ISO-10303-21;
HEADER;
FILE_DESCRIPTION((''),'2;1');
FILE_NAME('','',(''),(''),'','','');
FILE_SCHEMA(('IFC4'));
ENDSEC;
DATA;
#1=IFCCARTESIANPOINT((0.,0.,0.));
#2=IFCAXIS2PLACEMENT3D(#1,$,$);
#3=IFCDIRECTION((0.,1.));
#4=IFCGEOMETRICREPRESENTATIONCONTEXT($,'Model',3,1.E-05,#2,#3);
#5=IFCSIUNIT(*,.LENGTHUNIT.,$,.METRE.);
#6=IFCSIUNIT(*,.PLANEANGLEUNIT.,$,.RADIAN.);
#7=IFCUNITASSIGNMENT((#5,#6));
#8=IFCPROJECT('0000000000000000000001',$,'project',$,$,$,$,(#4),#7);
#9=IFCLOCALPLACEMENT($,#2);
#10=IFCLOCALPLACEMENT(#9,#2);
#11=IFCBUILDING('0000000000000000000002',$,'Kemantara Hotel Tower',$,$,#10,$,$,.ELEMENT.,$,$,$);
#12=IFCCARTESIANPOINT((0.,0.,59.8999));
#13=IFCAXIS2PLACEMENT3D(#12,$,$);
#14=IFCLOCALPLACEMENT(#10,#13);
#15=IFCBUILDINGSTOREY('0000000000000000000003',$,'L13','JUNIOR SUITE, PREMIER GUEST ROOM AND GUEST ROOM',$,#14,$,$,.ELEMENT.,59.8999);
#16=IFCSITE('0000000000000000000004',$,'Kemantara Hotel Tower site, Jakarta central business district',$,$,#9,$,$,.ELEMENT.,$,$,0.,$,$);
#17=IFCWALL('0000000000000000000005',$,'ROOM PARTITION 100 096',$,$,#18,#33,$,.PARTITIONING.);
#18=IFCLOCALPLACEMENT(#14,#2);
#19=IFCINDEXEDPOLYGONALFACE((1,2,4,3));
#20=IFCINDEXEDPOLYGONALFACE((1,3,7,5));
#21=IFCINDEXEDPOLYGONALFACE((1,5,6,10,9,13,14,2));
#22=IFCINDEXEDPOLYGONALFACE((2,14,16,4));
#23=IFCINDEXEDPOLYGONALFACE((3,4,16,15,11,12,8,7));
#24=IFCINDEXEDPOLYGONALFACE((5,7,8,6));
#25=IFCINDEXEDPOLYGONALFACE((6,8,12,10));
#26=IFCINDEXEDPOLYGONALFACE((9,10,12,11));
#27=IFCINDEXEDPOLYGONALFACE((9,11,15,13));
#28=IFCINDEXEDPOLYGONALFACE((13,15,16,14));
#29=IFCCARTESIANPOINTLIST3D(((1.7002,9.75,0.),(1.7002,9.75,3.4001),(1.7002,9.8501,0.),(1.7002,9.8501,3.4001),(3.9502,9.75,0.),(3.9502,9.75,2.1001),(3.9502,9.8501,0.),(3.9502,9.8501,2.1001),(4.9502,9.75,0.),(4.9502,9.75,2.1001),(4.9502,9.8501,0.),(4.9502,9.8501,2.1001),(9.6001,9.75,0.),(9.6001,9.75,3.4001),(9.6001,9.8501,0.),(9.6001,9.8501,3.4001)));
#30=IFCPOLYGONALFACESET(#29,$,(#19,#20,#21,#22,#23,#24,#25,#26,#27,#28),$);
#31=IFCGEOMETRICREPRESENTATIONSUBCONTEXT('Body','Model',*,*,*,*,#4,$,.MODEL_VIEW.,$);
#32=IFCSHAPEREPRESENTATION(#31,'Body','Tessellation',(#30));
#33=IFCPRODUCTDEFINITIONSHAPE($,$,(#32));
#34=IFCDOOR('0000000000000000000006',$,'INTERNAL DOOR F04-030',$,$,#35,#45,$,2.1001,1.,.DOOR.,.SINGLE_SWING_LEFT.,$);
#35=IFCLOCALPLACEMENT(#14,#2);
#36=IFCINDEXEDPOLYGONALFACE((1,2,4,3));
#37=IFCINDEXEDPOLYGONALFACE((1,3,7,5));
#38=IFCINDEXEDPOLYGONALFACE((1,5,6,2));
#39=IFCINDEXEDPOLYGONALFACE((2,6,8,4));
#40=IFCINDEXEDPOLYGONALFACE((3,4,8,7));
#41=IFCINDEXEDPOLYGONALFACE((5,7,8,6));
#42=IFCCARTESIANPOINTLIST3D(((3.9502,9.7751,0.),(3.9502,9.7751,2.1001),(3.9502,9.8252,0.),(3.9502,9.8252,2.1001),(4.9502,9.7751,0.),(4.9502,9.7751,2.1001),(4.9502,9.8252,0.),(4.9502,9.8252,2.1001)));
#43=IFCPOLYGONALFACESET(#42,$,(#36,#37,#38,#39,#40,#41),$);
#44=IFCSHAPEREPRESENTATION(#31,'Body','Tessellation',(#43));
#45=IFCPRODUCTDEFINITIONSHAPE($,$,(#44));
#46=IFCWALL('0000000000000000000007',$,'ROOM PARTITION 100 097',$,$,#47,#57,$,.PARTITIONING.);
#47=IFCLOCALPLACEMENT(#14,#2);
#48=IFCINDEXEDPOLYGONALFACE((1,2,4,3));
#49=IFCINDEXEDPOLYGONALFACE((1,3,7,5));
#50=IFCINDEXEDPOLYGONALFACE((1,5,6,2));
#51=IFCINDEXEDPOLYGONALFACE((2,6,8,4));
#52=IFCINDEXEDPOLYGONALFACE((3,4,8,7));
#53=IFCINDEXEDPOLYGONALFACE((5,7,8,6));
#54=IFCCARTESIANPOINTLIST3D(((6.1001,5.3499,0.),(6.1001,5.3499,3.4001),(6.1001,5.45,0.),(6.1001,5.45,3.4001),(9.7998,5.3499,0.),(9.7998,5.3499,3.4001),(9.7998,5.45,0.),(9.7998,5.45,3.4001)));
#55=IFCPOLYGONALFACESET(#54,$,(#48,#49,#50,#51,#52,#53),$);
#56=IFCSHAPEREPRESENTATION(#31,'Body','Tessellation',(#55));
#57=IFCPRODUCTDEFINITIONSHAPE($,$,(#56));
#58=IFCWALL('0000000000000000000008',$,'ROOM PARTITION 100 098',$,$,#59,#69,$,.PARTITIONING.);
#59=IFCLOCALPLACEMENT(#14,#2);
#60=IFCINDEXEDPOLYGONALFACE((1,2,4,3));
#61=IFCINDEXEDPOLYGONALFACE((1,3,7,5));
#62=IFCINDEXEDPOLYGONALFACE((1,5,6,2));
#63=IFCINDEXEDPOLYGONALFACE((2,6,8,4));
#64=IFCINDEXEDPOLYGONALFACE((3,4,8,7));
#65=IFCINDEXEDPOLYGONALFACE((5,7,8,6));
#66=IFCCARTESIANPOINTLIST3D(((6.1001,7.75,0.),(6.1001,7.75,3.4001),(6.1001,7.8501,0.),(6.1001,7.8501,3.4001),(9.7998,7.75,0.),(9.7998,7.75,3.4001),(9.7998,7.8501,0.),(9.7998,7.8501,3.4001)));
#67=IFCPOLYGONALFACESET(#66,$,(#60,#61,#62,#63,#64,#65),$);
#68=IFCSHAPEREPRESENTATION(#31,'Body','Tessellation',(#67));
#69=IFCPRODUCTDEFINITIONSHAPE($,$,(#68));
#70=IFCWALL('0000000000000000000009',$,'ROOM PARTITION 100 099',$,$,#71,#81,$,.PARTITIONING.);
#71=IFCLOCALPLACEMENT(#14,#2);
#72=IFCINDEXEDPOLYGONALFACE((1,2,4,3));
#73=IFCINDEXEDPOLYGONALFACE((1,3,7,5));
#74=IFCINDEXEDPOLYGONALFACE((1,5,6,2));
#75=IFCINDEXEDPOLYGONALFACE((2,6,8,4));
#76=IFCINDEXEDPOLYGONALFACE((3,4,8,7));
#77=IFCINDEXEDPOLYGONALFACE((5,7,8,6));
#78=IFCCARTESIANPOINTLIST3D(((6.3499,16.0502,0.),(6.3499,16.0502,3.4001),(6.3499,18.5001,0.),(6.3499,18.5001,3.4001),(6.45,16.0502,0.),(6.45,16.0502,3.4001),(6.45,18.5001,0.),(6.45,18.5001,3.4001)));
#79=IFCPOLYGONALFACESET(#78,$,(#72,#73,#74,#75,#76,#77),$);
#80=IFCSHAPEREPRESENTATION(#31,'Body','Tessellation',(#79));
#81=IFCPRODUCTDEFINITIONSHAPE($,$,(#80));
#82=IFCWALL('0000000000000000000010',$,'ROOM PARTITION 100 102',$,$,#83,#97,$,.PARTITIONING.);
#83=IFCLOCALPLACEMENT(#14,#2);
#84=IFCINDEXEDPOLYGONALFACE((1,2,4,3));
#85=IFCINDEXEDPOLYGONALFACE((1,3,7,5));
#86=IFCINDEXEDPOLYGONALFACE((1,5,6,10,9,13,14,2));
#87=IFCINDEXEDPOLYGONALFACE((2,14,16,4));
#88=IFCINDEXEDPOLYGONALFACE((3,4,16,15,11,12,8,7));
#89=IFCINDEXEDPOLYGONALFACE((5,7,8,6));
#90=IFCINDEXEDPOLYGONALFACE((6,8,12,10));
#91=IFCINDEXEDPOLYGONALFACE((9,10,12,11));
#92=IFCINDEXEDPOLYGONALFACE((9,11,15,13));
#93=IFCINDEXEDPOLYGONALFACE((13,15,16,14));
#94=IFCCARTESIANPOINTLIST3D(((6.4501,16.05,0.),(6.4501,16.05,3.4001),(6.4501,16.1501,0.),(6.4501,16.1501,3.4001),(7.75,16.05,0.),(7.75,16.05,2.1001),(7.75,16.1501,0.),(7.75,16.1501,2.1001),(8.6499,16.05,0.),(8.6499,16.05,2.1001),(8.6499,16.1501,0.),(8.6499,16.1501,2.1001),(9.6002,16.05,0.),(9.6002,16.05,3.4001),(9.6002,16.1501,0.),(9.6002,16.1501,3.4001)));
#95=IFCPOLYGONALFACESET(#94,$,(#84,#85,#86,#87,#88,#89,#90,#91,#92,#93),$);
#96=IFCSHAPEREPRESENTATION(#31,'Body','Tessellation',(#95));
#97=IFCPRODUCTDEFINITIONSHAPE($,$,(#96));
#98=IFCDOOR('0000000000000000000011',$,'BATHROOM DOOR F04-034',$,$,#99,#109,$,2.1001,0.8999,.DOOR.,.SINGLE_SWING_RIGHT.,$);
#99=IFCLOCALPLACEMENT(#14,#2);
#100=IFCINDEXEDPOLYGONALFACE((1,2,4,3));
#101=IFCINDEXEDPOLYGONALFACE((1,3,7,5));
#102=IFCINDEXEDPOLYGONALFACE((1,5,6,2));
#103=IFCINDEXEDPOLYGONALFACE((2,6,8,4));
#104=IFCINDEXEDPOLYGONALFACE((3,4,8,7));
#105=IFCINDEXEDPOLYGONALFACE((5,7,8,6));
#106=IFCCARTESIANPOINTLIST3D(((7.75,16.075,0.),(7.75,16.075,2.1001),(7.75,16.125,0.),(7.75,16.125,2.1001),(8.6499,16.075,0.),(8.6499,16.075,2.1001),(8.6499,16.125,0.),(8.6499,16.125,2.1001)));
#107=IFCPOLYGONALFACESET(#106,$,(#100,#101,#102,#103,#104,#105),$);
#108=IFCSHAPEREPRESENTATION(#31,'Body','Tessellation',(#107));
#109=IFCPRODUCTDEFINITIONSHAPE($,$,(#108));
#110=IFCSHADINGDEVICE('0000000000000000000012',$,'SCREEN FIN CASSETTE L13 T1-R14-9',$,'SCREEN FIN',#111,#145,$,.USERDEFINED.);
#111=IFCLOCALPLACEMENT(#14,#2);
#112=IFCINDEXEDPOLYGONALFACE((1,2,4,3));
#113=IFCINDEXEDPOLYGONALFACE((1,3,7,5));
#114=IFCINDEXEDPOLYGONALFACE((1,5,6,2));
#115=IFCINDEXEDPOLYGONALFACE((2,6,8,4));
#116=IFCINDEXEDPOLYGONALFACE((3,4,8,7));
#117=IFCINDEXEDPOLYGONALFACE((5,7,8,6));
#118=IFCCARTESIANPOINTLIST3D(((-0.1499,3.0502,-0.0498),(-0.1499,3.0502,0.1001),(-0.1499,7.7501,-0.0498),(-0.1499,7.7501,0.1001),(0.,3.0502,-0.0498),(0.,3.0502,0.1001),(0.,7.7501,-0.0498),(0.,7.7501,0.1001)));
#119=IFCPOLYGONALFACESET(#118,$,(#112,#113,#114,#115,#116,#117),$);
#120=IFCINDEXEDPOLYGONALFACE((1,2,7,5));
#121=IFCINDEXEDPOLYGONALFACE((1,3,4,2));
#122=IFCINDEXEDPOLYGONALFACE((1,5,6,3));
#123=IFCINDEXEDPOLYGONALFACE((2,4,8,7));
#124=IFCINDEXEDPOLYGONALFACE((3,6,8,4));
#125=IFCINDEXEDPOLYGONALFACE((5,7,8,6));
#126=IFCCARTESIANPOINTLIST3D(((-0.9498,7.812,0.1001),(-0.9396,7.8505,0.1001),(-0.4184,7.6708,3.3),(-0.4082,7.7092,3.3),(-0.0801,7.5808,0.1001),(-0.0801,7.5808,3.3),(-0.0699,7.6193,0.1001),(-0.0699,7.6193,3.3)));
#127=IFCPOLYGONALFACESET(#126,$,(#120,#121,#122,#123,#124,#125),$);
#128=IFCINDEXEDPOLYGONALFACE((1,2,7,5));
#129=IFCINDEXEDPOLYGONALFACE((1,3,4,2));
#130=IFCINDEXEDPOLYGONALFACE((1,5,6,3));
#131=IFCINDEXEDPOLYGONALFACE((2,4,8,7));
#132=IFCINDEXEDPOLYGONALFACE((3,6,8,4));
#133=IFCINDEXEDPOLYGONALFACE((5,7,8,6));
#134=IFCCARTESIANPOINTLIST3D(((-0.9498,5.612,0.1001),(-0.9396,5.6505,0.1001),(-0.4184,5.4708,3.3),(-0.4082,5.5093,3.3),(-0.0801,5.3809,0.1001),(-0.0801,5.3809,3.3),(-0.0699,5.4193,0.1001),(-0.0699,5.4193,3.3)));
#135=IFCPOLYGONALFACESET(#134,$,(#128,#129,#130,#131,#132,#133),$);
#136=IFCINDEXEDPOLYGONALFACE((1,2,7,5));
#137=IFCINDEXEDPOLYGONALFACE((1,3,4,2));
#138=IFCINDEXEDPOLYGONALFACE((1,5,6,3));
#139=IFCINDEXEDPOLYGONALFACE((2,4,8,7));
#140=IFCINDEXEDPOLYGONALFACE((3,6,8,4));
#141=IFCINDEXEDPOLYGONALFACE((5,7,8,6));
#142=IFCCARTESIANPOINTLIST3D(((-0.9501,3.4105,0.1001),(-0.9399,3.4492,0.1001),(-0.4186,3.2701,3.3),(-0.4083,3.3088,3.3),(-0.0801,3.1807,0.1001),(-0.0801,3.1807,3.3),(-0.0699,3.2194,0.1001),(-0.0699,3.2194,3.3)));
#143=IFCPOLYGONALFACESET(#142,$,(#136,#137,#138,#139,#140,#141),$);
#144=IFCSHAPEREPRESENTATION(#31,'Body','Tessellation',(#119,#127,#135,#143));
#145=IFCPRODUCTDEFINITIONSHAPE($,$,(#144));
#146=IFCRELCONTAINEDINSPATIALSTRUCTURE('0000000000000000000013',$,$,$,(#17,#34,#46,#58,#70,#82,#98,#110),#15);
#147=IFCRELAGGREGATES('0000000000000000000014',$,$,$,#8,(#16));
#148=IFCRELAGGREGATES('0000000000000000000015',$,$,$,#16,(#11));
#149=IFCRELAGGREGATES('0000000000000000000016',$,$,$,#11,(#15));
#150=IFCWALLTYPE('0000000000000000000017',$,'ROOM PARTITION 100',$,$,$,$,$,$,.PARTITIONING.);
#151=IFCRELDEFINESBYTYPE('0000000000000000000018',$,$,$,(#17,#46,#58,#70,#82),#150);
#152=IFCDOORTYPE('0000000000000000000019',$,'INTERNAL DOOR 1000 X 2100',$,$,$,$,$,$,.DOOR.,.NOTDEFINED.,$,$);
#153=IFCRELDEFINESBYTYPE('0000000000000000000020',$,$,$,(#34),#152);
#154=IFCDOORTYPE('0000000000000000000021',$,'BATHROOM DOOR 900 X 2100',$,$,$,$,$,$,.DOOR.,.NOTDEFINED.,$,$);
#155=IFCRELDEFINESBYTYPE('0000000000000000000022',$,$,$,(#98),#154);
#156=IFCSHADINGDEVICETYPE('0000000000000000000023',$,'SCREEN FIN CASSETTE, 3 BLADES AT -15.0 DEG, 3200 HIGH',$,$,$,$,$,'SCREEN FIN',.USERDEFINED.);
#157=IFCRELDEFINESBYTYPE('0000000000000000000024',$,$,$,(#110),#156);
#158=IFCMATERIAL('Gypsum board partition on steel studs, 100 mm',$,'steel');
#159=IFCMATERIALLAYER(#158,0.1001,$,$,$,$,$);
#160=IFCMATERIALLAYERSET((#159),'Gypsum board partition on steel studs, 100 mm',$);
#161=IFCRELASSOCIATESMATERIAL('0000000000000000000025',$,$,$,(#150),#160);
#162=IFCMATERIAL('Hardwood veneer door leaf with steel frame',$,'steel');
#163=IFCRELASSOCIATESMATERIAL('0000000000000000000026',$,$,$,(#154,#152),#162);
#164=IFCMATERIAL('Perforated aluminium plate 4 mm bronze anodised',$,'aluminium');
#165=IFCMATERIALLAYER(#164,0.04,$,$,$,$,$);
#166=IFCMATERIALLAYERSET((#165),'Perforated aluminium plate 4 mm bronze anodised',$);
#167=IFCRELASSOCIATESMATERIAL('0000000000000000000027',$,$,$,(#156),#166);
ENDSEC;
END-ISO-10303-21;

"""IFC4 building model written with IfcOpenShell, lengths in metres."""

from ifc_helpers import new_model, si_unit, direction, frame, frame_2d, origin, origin_2d, place, context, subcontext, project, spatial, polyline, rectangle, outline, extrude, source, transform, mapped, material, layer, layer_set, type_object, element, fill, save


model = new_model("IFC4")

# Units and contexts
model_context = context("Model", 3, precision=1e-05, world=origin(), true_north=direction((0.0, 1.0)))
body_context = subcontext(model_context, "Body", "Model", "MODEL_VIEW")
ifc_project = project(units=[si_unit("LENGTHUNIT", "METRE"), si_unit("PLANEANGLEUNIT", "RADIAN")], contexts=[model_context])

# Site, building, storey
site_placement = place(None, origin())
site = spatial("IfcSite", under=ifc_project, at=site_placement, Name="Kemantara Hotel Tower site, Jakarta central business district", CompositionType="ELEMENT", RefElevation=0.0)
building_placement = place(site_placement, origin())
building = spatial("IfcBuilding", under=site, at=building_placement, Name="Kemantara Hotel Tower", CompositionType="ELEMENT")
storey_placement = place(building_placement, frame((0.0, 0.0, 59.8999)))
storey = spatial("IfcBuildingStorey", under=building, at=storey_placement, Name="L13", Description="JUNIOR SUITE, PREMIER GUEST ROOM AND GUEST ROOM", CompositionType="ELEMENT", Elevation=59.8999)

# Shared definitions
ifc_material_1 = material(Name="Hardwood veneer door leaf with steel frame", Category="steel")

# Shared definitions
ifc_material_2 = material(Name="Gypsum board partition on steel studs, 100 mm", Category="steel")
ifc_layer_1 = layer(ifc_material_2, 0.1001)
ifc_layer_set_1 = layer_set([ifc_layer_1], Name="Gypsum board partition on steel studs, 100 mm")
wall_type_1 = type_object("IfcWallType", Name="ROOM PARTITION 100", PredefinedType="PARTITIONING", material=ifc_layer_set_1)
door_type_1 = type_object("IfcDoorType", Name="BATHROOM DOOR 900 X 2100", OperationType="NOTDEFINED", PredefinedType="DOOR", material=ifc_material_1)

# Wall, opening, door
wall_1_placement = place(storey_placement, frame((9.6001, 9.8, 0.0), z_axis=(0.0, 0.0, 1.0), x_axis=(-1.0, 0.0, 0.0)))
wall_1 = element("IfcWall", 1, at=wall_1_placement, inside=storey, type_object=wall_type_1, Name="ROOM PARTITION 100 096", PredefinedType="PARTITIONING", context=body_context, shape_type="SweptSolid", body=[
    extrude(rectangle(XDim=7.8999, YDim=0.1001, at=frame_2d((3.95, 0.0))), origin(), (0.0, 0.0, 1.0), 3.4001),
])
opening_1_placement = place(wall_1_placement, frame((4.6499, 0.0, 0.0)))
opening_1 = element("IfcOpeningElement", 2, at=opening_1_placement, cuts=wall_1, PredefinedType="OPENING", context=body_context, shape_type="SweptSolid", body=[
    extrude(rectangle(XDim=1.0, YDim=2.1001, at=frame_2d((0.5, 1.05))), frame((0.0, 0.0601, 0.0), z_axis=(0.0, -1.0, 0.0), x_axis=(1.0, 0.0, 0.0)), (0.0, 0.0, 1.0), 0.1201),
])
door_type_2 = type_object("IfcDoorType", Name="INTERNAL DOOR 1000 X 2100", OperationType="NOTDEFINED", PredefinedType="DOOR", material=ifc_material_1)
door_1_placement = place(opening_1_placement, origin())
door_1 = element("IfcDoor", 3, at=door_1_placement, inside=storey, type_object=door_type_2, Name="INTERNAL DOOR F04-030", OperationType="SINGLE_SWING_LEFT", OverallHeight=2.1001, OverallWidth=1.0, PredefinedType="DOOR", context=body_context, shape_type="SweptSolid", body=[
    extrude(rectangle(XDim=1.0, YDim=2.1001, at=frame_2d((0.5, 1.05))), frame((0.0, 0.0249, 0.0), z_axis=(0.0, -1.0, 0.0), x_axis=(1.0, 0.0, 0.0)), (0.0, 0.0, 1.0), 0.05),
])
fill(opening_1, door_1)

# Walls
for number, where, z_axis, x_axis, name in (
    (4, (6.1001, 5.3999, 0.0), (0.0, 0.0, 1.0), (1.0, 0.0, 0.0), "ROOM PARTITION 100 097"),
    (5, (6.1001, 7.8, 0.0), (0.0, 0.0, 1.0), (1.0, 0.0, 0.0), "ROOM PARTITION 100 098"),
):
    element("IfcWall", number, at=place(storey_placement, frame(where, z_axis=z_axis, x_axis=x_axis)), inside=storey, type_object=wall_type_1, Name=name, PredefinedType="PARTITIONING", context=body_context, shape_type="SweptSolid", body=[
        extrude(rectangle(XDim=3.6997, YDim=0.1001, at=frame_2d((1.8499, 0.0))), origin(), (0.0, 0.0, 1.0), 3.4001),
    ])
wall_2_placement = place(storey_placement, frame((6.3999, 16.05, 0.0), z_axis=(0.0, 0.0, 1.0), x_axis=(0.0, 1.0, 0.0)))
element("IfcWall", 6, at=wall_2_placement, inside=storey, type_object=wall_type_1, Name="ROOM PARTITION 100 099", PredefinedType="PARTITIONING", context=body_context, shape_type="SweptSolid", body=[
    extrude(rectangle(XDim=2.45, YDim=0.1001, at=frame_2d((1.2251, 0.0))), origin(), (0.0, 0.0, 1.0), 3.4001),
])

# Wall, opening, door
wall_3_placement = place(storey_placement, frame((6.45, 16.1001, 0.0), z_axis=(0.0, 0.0, 1.0), x_axis=(1.0, 0.0, 0.0)))
wall_3 = element("IfcWall", 7, at=wall_3_placement, inside=storey, type_object=wall_type_1, Name="ROOM PARTITION 100 102", PredefinedType="PARTITIONING", context=body_context, shape_type="SweptSolid", body=[
    extrude(rectangle(XDim=3.1501, YDim=0.1001, at=frame_2d((1.5752, 0.0))), origin(), (0.0, 0.0, 1.0), 3.4001),
])
opening_2_placement = place(wall_3_placement, frame((1.3, 0.0, 0.0)))
opening_2 = element("IfcOpeningElement", 8, at=opening_2_placement, cuts=wall_3, PredefinedType="OPENING", context=body_context, shape_type="SweptSolid", body=[
    extrude(rectangle(XDim=0.8999, YDim=2.1001, at=frame_2d((0.45, 1.05))), frame((0.0, 0.0601, 0.0), z_axis=(0.0, -1.0, 0.0), x_axis=(1.0, 0.0, 0.0)), (0.0, 0.0, 1.0), 0.1201),
])
door_2_placement = place(opening_2_placement, origin())
door_2 = element("IfcDoor", 9, at=door_2_placement, inside=storey, type_object=door_type_1, Name="BATHROOM DOOR F04-034", OperationType="SINGLE_SWING_RIGHT", OverallHeight=2.1001, OverallWidth=0.8999, PredefinedType="DOOR", context=body_context, shape_type="SweptSolid", body=[
    extrude(rectangle(XDim=0.8999, YDim=2.1001, at=frame_2d((0.45, 1.05))), frame((0.0, 0.0249, 0.0), z_axis=(0.0, -1.0, 0.0), x_axis=(1.0, 0.0, 0.0)), (0.0, 0.0, 1.0), 0.05),
])
fill(opening_2, door_2)

# Shading device
ifc_material_3 = material(Name="Perforated aluminium plate 4 mm bronze anodised", Category="aluminium")
ifc_layer_2 = layer(ifc_material_3, 0.04)
ifc_layer_set_2 = layer_set([ifc_layer_2], Name="Perforated aluminium plate 4 mm bronze anodised")
shading_device_type_1 = type_object("IfcShadingDeviceType", Name="SCREEN FIN CASSETTE, 3 BLADES AT -15.0 DEG, 3200 HIGH", ElementType="SCREEN FIN", PredefinedType="USERDEFINED", material=ifc_layer_set_2)
shared_shape_1 = source(origin(), body_context, "Body", "SweptSolid", [
    extrude(rectangle(XDim=4.7, YDim=0.1499, at=origin_2d()), frame((2.2, -0.075, -0.1499), z_axis=(0.0, 0.0, 1.0), x_axis=(1.0, 0.0, 0.0)), (0.0, 0.0, 1.0), 0.1499),
    extrude(outline(polyline([(0.0, 0.0), (0.8999, 0.0), (0.3501, 3.2), (0.0, 3.2), (0.0, 0.0)])), frame((0.0193, -0.0801, 0.0), z_axis=(-0.966438, 0.256901, 0.0), x_axis=(-0.256901, -0.966438, 0.0)), (0.0, 0.0, 1.0), 0.0398),
    extrude(outline(polyline([(0.0, 0.0), (0.8999, 0.0), (0.3501, 3.2), (0.0, 3.2), (0.0, 0.0)])), frame((2.2192, -0.0801, 0.0), z_axis=(-0.966438, 0.256901, 0.0), x_axis=(-0.256901, -0.966438, 0.0)), (0.0, 0.0, 1.0), 0.0398),
    extrude(outline(polyline([(0.0, 0.0), (0.8999, 0.0), (0.3501, 3.2), (0.0, 3.2), (0.0, 0.0)])), frame((4.4194, -0.0801, 0.0), z_axis=(-0.966838, 0.255391, 0.0), x_axis=(-0.255391, -0.966838, 0.0)), (0.0, 0.0, 1.0), 0.04),
])
shading_device_1_placement = place(storey_placement, frame((0.0, 7.6001, 0.1001), z_axis=(0.0, 0.0, 1.0), x_axis=(0.0, -1.0, 0.0)))
element("IfcShadingDevice", 10, at=shading_device_1_placement, inside=storey, type_object=shading_device_type_1, Name="SCREEN FIN CASSETTE L13 T1-R14-9", ObjectType="SCREEN FIN", PredefinedType="USERDEFINED", context=body_context, shape_type="MappedRepresentation", body=[
    mapped(shared_shape_1, transform((0.0, 0.0, 0.0))),
])

save(model, "model.ifc")
